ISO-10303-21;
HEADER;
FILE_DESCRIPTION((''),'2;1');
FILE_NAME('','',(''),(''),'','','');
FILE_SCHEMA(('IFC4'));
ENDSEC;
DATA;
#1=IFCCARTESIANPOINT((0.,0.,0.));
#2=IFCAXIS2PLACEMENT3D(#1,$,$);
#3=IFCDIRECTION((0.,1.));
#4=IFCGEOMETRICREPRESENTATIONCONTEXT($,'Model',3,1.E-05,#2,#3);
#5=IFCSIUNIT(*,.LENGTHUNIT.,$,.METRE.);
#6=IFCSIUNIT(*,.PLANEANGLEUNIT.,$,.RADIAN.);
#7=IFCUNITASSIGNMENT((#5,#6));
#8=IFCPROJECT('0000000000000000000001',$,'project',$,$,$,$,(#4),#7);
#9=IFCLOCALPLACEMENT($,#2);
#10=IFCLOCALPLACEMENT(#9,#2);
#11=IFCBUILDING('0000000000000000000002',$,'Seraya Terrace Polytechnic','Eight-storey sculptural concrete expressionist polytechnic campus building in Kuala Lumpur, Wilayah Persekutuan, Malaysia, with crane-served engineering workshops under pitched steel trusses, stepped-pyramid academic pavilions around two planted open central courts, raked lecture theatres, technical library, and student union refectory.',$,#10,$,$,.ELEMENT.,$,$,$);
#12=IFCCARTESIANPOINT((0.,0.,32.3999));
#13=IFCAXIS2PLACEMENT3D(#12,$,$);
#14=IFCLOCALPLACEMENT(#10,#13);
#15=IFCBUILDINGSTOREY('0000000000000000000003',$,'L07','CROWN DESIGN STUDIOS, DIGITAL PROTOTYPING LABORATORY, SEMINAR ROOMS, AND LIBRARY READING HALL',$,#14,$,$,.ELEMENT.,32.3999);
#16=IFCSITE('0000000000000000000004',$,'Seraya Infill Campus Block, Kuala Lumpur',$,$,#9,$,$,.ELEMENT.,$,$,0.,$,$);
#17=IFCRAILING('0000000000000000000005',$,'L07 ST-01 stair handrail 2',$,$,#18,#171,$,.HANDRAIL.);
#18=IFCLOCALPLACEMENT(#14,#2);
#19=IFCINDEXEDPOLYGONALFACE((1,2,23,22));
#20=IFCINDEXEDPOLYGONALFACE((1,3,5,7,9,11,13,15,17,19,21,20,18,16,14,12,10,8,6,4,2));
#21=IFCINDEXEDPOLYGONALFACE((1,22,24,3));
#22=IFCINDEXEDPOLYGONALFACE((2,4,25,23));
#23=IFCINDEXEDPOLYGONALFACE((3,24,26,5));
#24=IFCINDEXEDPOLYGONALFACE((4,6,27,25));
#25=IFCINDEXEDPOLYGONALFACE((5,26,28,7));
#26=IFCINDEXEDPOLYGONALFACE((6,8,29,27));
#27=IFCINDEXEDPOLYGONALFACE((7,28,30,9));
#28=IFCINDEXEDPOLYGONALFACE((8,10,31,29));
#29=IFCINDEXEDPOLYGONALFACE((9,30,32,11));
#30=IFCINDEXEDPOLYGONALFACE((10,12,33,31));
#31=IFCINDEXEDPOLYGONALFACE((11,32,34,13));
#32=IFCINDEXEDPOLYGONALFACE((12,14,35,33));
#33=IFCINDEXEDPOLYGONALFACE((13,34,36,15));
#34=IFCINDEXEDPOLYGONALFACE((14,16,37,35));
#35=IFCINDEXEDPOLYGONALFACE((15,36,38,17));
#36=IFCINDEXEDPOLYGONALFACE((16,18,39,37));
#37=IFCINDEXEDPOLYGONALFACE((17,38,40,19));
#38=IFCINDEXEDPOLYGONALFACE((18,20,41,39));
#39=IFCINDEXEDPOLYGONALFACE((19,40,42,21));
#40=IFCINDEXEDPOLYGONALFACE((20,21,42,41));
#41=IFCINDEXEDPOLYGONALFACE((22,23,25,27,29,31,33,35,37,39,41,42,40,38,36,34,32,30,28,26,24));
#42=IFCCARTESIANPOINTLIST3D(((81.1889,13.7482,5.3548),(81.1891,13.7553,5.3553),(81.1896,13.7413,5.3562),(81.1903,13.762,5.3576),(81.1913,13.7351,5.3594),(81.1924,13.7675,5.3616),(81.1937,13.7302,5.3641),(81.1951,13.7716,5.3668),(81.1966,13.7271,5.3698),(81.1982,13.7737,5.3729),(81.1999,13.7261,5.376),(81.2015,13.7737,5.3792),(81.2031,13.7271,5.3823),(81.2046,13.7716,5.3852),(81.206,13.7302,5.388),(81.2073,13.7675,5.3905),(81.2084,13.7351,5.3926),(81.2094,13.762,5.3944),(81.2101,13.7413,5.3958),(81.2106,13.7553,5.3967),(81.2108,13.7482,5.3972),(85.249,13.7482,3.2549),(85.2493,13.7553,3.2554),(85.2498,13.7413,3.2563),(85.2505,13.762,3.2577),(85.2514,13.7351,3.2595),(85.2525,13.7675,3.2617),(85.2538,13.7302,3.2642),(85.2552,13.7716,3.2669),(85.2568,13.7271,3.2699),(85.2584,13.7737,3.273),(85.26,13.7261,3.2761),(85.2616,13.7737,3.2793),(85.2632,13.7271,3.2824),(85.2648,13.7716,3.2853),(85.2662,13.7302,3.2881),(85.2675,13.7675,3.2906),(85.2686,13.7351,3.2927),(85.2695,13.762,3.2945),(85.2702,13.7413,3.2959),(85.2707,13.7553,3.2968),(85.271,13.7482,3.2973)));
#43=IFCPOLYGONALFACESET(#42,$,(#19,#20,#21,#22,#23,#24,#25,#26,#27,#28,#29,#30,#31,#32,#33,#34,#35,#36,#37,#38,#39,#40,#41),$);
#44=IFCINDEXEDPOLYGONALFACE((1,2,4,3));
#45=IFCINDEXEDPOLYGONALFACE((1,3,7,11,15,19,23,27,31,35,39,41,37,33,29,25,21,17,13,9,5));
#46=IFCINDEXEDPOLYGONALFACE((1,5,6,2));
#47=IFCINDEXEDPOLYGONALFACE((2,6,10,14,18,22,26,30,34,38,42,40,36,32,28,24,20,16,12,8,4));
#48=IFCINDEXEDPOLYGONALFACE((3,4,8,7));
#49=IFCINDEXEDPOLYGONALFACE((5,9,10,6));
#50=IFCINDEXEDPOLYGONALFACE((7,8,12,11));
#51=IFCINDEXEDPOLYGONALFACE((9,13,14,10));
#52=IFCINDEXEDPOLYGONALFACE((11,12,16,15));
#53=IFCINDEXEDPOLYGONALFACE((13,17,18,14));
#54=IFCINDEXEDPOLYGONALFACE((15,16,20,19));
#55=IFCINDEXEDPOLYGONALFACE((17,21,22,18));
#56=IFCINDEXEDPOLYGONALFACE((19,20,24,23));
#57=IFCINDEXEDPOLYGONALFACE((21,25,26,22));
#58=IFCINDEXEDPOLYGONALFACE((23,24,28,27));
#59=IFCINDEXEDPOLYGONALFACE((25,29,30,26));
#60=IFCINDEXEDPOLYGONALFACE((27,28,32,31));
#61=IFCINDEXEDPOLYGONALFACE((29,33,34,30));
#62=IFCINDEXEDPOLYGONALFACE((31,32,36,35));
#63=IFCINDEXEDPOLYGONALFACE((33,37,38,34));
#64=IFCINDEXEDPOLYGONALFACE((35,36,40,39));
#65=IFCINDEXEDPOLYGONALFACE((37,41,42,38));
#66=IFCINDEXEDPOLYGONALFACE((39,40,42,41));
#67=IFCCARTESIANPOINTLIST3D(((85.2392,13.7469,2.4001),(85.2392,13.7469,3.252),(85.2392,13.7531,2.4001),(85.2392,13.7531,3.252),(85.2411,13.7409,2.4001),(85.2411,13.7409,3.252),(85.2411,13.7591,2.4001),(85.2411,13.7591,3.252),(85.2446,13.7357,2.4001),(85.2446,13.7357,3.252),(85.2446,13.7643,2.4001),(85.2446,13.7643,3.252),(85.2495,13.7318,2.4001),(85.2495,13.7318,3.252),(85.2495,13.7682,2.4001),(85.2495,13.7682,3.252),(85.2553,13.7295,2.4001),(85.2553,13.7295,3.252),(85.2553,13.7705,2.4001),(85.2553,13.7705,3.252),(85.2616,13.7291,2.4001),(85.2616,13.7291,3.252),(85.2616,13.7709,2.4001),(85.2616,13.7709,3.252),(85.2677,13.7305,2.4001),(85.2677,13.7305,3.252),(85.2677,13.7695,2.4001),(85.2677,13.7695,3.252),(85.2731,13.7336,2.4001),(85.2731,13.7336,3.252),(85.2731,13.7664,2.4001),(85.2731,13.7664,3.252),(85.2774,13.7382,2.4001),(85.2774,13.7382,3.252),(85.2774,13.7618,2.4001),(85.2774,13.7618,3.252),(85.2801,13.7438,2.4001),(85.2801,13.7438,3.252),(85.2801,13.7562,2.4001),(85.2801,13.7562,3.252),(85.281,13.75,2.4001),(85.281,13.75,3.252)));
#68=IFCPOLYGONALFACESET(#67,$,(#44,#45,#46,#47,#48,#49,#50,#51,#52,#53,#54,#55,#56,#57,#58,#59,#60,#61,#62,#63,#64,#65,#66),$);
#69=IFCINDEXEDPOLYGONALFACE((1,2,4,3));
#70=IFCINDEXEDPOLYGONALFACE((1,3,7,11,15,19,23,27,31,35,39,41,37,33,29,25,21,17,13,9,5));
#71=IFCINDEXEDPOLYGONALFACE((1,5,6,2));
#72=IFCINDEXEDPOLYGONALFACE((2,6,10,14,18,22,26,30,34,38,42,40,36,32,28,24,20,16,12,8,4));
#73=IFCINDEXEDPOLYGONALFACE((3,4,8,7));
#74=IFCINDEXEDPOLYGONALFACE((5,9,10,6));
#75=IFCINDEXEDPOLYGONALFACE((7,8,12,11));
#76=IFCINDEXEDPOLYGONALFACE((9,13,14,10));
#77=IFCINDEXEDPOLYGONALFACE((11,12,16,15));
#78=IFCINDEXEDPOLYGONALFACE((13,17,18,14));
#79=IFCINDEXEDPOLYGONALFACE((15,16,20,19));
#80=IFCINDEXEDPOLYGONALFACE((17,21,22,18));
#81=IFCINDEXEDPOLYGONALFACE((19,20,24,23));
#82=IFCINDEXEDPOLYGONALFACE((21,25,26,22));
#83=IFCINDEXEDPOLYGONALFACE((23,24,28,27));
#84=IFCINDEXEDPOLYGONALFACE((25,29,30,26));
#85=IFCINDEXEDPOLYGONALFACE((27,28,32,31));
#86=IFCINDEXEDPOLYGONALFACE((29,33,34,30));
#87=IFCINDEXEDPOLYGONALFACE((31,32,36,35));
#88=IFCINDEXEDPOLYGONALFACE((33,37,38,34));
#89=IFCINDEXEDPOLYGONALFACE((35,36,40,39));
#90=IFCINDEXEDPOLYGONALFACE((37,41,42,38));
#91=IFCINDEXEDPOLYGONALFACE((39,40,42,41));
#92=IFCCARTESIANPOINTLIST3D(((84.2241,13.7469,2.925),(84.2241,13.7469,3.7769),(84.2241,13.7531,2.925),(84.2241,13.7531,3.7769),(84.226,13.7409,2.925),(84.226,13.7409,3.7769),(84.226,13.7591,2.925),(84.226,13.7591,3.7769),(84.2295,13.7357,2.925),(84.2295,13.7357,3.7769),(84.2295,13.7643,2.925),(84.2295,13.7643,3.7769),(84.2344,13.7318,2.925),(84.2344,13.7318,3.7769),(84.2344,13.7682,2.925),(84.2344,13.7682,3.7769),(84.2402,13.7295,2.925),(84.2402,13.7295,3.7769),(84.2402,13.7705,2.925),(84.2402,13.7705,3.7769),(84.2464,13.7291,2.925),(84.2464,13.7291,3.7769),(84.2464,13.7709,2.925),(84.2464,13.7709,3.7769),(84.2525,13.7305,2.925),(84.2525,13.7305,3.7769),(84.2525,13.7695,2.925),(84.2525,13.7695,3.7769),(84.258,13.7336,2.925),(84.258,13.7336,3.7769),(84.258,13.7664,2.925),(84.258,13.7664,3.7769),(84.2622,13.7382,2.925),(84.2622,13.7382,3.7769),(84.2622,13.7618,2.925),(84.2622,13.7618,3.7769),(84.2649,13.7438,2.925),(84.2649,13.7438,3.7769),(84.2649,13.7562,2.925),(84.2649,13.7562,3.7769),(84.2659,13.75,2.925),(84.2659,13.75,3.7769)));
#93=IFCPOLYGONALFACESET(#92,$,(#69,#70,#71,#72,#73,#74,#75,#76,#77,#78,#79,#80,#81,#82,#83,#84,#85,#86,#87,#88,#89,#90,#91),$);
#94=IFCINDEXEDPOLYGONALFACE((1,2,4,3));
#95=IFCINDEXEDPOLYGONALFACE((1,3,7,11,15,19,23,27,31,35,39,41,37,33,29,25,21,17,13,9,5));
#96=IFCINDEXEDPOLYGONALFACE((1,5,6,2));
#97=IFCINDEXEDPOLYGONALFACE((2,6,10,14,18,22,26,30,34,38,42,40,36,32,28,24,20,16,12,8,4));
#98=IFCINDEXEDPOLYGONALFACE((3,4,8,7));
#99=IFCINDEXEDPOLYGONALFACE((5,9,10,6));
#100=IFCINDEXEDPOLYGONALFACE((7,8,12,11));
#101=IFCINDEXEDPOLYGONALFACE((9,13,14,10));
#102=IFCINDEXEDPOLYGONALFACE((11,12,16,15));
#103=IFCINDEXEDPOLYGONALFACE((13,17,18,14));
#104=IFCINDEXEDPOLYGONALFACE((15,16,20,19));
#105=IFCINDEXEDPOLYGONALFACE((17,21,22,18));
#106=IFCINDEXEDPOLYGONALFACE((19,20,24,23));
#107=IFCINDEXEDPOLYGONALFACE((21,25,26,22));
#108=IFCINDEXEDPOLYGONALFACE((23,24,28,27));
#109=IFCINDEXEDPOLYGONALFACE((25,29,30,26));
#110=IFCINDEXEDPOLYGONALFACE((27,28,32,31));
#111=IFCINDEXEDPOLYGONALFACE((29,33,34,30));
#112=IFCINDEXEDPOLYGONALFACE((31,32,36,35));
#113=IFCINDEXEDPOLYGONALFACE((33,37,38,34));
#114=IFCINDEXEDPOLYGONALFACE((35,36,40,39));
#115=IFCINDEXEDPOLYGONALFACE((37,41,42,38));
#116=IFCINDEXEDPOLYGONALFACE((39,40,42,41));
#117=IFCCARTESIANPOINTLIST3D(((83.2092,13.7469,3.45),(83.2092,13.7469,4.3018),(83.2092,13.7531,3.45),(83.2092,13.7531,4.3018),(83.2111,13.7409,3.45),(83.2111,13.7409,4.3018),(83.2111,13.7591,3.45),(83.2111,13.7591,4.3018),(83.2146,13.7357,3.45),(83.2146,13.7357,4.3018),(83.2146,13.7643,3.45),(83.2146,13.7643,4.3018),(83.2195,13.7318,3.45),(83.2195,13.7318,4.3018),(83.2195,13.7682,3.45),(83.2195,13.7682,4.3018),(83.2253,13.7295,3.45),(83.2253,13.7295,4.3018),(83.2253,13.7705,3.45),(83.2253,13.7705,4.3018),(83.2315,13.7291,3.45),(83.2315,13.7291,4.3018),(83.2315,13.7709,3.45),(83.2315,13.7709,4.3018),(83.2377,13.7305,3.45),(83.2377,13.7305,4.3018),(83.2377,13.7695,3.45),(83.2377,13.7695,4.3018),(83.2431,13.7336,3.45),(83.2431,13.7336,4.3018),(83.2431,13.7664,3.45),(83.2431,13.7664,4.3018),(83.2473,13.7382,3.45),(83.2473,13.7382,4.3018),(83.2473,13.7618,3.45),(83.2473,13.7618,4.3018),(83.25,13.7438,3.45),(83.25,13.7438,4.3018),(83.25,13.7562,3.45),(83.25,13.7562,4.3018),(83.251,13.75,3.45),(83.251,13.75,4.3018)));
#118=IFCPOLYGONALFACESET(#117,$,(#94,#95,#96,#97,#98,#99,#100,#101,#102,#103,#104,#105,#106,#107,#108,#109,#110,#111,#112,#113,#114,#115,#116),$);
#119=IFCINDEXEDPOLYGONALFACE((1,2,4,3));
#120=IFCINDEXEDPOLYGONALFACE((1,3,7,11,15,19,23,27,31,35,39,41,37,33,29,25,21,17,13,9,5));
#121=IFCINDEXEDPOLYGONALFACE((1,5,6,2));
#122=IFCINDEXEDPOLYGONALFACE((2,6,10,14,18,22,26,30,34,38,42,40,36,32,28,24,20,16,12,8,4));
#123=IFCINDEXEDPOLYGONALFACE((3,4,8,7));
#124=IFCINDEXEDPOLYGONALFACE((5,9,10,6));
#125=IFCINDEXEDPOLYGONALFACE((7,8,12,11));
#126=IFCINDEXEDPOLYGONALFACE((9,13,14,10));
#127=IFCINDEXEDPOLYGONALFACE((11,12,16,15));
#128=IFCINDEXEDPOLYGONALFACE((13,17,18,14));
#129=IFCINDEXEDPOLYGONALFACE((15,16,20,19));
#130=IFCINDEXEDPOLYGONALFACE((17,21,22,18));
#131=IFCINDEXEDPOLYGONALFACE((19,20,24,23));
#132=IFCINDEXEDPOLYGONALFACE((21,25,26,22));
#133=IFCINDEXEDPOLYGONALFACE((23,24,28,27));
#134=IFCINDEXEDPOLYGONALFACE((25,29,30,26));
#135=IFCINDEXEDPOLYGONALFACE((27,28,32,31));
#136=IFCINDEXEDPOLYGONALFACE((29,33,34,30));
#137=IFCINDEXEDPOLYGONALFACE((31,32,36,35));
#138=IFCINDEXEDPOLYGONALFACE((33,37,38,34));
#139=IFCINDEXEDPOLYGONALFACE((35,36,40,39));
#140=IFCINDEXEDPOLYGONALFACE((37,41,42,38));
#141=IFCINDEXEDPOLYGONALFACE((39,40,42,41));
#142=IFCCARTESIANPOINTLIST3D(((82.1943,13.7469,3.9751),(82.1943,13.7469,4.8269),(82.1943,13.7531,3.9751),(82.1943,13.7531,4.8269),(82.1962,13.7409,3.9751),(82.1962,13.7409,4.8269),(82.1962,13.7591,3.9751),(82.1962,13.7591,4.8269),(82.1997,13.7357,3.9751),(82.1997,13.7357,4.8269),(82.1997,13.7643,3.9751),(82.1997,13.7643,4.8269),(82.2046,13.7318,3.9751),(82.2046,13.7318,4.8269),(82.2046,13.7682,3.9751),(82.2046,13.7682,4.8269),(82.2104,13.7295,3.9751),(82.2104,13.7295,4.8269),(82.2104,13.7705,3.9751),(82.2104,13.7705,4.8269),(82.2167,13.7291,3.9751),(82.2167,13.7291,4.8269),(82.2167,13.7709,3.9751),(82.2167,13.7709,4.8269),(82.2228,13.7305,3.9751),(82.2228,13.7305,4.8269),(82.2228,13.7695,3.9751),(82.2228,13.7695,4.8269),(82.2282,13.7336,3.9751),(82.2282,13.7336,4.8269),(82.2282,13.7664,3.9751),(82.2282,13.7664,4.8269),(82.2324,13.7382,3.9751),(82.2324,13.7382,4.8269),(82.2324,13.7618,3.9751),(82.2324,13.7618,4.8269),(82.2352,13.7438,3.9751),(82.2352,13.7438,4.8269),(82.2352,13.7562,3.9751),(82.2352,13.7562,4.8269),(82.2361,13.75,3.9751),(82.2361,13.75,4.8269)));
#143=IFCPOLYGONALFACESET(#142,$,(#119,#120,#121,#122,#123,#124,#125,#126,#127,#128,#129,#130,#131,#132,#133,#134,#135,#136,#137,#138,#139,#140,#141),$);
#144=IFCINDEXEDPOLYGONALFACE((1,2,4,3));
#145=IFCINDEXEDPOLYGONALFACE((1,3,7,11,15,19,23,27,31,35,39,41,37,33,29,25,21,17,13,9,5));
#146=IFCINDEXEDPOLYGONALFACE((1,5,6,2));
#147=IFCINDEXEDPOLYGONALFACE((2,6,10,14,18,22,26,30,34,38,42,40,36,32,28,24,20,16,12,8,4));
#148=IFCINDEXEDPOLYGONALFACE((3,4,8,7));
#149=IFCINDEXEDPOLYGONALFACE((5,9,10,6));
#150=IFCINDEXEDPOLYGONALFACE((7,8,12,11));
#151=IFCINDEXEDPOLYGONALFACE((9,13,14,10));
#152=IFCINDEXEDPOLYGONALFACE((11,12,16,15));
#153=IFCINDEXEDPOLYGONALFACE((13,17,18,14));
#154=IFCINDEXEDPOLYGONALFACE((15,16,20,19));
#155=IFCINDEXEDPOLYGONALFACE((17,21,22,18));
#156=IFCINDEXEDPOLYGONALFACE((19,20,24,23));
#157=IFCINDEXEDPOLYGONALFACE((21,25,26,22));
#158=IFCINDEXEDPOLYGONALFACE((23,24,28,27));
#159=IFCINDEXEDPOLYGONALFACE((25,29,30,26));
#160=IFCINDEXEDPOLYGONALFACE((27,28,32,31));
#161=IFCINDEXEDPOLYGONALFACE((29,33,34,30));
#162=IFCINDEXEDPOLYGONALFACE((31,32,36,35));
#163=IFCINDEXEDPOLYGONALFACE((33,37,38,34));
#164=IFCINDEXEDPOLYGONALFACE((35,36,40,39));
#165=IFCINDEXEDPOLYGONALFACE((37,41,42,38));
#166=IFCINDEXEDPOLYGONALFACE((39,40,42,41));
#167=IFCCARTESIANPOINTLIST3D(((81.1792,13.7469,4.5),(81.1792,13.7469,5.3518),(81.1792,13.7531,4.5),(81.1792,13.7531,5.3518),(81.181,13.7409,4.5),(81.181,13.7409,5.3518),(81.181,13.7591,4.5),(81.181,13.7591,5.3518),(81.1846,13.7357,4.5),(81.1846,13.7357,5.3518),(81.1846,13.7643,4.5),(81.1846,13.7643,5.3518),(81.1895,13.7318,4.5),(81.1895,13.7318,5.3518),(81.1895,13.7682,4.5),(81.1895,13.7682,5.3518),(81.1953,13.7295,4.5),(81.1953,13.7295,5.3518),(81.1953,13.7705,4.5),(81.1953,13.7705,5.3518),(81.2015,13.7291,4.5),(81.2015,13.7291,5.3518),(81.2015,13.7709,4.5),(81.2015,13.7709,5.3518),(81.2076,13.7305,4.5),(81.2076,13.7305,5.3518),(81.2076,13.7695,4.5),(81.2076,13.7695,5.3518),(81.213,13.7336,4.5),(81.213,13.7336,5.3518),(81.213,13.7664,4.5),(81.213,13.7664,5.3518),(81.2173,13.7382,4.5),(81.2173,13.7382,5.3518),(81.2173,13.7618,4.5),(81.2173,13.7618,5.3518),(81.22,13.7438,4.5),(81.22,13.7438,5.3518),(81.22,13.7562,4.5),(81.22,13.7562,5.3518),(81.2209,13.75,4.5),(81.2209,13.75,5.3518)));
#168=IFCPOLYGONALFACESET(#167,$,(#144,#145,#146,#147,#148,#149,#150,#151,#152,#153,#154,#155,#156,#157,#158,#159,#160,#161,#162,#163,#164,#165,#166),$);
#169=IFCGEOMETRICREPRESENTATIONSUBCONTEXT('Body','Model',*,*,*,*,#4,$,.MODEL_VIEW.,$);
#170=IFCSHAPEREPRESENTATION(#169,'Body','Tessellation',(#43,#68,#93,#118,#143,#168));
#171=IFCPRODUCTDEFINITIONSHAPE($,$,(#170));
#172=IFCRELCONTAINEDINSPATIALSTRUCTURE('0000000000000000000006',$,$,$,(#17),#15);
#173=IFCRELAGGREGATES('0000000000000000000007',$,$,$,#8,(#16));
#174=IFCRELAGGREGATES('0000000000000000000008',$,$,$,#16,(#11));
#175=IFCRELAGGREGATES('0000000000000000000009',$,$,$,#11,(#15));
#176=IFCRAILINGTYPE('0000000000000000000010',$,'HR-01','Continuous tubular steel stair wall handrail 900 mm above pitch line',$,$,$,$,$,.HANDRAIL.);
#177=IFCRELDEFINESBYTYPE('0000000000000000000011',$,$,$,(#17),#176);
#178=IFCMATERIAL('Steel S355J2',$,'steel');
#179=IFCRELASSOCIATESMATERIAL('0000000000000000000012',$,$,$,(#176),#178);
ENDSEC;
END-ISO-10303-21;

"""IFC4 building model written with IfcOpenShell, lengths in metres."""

from ifc_helpers import new_model, si_unit, direction, frame, origin, origin_2d, place, context, subcontext, project, spatial, circle, extrude, material, type_object, element, save


model = new_model("IFC4")

# Units and contexts
model_context = context("Model", 3, precision=1e-05, world=origin(), true_north=direction((0.0, 1.0)))
body_context = subcontext(model_context, "Body", "Model", "MODEL_VIEW")
ifc_project = project(units=[si_unit("LENGTHUNIT", "METRE"), si_unit("PLANEANGLEUNIT", "RADIAN")], contexts=[model_context])

# Site, building, storey
site_placement = place(None, origin())
site = spatial("IfcSite", under=ifc_project, at=site_placement, Name="Seraya Infill Campus Block, Kuala Lumpur", CompositionType="ELEMENT", RefElevation=0.0)
building_placement = place(site_placement, origin())
building = spatial("IfcBuilding", under=site, at=building_placement, Name="Seraya Terrace Polytechnic", Description="Eight-storey sculptural concrete expressionist polytechnic campus building in Kuala Lumpur, Wilayah Persekutuan, Malaysia, with crane-served engineering workshops under pitched steel trusses, stepped-pyramid academic pavilions around two planted open central courts, raked lecture theatres, technical library, and student union refectory.", CompositionType="ELEMENT")
storey_placement = place(building_placement, frame((0.0, 0.0, 32.3999)))
storey = spatial("IfcBuildingStorey", under=building, at=storey_placement, Name="L07", Description="CROWN DESIGN STUDIOS, DIGITAL PROTOTYPING LABORATORY, SEMINAR ROOMS, AND LIBRARY READING HALL", CompositionType="ELEMENT", Elevation=32.3999)

# Railing
ifc_material_1 = material(Name="Steel S355J2", Category="steel")
railing_type = type_object("IfcRailingType", Name="HR-01", Description="Continuous tubular steel stair wall handrail 900 mm above pitch line", PredefinedType="HANDRAIL", material=ifc_material_1)
railing_placement = place(storey_placement, frame((85.26, 13.75, 2.4001)))
element("IfcRailing", 1, at=railing_placement, inside=storey, type_object=railing_type, Name="L07 ST-01 stair handrail 2", PredefinedType="HANDRAIL", context=body_context, shape_type="SweptSolid", body=[
    extrude(circle(Radius=0.0239, at=origin_2d()), frame((0.0, 0.0, 0.876), z_axis=(-0.888233, 0.0, 0.459392), x_axis=(0.0, -1.0, 0.0)), (0.0, 0.0, 1.0), 4.571),
    extrude(circle(Radius=0.021, at=origin_2d()), origin(), (0.0, 0.0, 1.0), 0.8518),
    extrude(circle(Radius=0.021, at=origin_2d()), frame((-1.0151, 0.0, 0.5249)), (0.0, 0.0, 1.0), 0.8518),
    extrude(circle(Radius=0.021, at=origin_2d()), frame((-2.03, 0.0, 1.0498)), (0.0, 0.0, 1.0), 0.8518),
    extrude(circle(Radius=0.021, at=origin_2d()), frame((-3.0449, 0.0, 1.575)), (0.0, 0.0, 1.0), 0.8518),
    extrude(circle(Radius=0.021, at=origin_2d()), frame((-4.0601, 0.0, 2.0999)), (0.0, 0.0, 1.0), 0.8518),
])

save(model, "model.ifc")
